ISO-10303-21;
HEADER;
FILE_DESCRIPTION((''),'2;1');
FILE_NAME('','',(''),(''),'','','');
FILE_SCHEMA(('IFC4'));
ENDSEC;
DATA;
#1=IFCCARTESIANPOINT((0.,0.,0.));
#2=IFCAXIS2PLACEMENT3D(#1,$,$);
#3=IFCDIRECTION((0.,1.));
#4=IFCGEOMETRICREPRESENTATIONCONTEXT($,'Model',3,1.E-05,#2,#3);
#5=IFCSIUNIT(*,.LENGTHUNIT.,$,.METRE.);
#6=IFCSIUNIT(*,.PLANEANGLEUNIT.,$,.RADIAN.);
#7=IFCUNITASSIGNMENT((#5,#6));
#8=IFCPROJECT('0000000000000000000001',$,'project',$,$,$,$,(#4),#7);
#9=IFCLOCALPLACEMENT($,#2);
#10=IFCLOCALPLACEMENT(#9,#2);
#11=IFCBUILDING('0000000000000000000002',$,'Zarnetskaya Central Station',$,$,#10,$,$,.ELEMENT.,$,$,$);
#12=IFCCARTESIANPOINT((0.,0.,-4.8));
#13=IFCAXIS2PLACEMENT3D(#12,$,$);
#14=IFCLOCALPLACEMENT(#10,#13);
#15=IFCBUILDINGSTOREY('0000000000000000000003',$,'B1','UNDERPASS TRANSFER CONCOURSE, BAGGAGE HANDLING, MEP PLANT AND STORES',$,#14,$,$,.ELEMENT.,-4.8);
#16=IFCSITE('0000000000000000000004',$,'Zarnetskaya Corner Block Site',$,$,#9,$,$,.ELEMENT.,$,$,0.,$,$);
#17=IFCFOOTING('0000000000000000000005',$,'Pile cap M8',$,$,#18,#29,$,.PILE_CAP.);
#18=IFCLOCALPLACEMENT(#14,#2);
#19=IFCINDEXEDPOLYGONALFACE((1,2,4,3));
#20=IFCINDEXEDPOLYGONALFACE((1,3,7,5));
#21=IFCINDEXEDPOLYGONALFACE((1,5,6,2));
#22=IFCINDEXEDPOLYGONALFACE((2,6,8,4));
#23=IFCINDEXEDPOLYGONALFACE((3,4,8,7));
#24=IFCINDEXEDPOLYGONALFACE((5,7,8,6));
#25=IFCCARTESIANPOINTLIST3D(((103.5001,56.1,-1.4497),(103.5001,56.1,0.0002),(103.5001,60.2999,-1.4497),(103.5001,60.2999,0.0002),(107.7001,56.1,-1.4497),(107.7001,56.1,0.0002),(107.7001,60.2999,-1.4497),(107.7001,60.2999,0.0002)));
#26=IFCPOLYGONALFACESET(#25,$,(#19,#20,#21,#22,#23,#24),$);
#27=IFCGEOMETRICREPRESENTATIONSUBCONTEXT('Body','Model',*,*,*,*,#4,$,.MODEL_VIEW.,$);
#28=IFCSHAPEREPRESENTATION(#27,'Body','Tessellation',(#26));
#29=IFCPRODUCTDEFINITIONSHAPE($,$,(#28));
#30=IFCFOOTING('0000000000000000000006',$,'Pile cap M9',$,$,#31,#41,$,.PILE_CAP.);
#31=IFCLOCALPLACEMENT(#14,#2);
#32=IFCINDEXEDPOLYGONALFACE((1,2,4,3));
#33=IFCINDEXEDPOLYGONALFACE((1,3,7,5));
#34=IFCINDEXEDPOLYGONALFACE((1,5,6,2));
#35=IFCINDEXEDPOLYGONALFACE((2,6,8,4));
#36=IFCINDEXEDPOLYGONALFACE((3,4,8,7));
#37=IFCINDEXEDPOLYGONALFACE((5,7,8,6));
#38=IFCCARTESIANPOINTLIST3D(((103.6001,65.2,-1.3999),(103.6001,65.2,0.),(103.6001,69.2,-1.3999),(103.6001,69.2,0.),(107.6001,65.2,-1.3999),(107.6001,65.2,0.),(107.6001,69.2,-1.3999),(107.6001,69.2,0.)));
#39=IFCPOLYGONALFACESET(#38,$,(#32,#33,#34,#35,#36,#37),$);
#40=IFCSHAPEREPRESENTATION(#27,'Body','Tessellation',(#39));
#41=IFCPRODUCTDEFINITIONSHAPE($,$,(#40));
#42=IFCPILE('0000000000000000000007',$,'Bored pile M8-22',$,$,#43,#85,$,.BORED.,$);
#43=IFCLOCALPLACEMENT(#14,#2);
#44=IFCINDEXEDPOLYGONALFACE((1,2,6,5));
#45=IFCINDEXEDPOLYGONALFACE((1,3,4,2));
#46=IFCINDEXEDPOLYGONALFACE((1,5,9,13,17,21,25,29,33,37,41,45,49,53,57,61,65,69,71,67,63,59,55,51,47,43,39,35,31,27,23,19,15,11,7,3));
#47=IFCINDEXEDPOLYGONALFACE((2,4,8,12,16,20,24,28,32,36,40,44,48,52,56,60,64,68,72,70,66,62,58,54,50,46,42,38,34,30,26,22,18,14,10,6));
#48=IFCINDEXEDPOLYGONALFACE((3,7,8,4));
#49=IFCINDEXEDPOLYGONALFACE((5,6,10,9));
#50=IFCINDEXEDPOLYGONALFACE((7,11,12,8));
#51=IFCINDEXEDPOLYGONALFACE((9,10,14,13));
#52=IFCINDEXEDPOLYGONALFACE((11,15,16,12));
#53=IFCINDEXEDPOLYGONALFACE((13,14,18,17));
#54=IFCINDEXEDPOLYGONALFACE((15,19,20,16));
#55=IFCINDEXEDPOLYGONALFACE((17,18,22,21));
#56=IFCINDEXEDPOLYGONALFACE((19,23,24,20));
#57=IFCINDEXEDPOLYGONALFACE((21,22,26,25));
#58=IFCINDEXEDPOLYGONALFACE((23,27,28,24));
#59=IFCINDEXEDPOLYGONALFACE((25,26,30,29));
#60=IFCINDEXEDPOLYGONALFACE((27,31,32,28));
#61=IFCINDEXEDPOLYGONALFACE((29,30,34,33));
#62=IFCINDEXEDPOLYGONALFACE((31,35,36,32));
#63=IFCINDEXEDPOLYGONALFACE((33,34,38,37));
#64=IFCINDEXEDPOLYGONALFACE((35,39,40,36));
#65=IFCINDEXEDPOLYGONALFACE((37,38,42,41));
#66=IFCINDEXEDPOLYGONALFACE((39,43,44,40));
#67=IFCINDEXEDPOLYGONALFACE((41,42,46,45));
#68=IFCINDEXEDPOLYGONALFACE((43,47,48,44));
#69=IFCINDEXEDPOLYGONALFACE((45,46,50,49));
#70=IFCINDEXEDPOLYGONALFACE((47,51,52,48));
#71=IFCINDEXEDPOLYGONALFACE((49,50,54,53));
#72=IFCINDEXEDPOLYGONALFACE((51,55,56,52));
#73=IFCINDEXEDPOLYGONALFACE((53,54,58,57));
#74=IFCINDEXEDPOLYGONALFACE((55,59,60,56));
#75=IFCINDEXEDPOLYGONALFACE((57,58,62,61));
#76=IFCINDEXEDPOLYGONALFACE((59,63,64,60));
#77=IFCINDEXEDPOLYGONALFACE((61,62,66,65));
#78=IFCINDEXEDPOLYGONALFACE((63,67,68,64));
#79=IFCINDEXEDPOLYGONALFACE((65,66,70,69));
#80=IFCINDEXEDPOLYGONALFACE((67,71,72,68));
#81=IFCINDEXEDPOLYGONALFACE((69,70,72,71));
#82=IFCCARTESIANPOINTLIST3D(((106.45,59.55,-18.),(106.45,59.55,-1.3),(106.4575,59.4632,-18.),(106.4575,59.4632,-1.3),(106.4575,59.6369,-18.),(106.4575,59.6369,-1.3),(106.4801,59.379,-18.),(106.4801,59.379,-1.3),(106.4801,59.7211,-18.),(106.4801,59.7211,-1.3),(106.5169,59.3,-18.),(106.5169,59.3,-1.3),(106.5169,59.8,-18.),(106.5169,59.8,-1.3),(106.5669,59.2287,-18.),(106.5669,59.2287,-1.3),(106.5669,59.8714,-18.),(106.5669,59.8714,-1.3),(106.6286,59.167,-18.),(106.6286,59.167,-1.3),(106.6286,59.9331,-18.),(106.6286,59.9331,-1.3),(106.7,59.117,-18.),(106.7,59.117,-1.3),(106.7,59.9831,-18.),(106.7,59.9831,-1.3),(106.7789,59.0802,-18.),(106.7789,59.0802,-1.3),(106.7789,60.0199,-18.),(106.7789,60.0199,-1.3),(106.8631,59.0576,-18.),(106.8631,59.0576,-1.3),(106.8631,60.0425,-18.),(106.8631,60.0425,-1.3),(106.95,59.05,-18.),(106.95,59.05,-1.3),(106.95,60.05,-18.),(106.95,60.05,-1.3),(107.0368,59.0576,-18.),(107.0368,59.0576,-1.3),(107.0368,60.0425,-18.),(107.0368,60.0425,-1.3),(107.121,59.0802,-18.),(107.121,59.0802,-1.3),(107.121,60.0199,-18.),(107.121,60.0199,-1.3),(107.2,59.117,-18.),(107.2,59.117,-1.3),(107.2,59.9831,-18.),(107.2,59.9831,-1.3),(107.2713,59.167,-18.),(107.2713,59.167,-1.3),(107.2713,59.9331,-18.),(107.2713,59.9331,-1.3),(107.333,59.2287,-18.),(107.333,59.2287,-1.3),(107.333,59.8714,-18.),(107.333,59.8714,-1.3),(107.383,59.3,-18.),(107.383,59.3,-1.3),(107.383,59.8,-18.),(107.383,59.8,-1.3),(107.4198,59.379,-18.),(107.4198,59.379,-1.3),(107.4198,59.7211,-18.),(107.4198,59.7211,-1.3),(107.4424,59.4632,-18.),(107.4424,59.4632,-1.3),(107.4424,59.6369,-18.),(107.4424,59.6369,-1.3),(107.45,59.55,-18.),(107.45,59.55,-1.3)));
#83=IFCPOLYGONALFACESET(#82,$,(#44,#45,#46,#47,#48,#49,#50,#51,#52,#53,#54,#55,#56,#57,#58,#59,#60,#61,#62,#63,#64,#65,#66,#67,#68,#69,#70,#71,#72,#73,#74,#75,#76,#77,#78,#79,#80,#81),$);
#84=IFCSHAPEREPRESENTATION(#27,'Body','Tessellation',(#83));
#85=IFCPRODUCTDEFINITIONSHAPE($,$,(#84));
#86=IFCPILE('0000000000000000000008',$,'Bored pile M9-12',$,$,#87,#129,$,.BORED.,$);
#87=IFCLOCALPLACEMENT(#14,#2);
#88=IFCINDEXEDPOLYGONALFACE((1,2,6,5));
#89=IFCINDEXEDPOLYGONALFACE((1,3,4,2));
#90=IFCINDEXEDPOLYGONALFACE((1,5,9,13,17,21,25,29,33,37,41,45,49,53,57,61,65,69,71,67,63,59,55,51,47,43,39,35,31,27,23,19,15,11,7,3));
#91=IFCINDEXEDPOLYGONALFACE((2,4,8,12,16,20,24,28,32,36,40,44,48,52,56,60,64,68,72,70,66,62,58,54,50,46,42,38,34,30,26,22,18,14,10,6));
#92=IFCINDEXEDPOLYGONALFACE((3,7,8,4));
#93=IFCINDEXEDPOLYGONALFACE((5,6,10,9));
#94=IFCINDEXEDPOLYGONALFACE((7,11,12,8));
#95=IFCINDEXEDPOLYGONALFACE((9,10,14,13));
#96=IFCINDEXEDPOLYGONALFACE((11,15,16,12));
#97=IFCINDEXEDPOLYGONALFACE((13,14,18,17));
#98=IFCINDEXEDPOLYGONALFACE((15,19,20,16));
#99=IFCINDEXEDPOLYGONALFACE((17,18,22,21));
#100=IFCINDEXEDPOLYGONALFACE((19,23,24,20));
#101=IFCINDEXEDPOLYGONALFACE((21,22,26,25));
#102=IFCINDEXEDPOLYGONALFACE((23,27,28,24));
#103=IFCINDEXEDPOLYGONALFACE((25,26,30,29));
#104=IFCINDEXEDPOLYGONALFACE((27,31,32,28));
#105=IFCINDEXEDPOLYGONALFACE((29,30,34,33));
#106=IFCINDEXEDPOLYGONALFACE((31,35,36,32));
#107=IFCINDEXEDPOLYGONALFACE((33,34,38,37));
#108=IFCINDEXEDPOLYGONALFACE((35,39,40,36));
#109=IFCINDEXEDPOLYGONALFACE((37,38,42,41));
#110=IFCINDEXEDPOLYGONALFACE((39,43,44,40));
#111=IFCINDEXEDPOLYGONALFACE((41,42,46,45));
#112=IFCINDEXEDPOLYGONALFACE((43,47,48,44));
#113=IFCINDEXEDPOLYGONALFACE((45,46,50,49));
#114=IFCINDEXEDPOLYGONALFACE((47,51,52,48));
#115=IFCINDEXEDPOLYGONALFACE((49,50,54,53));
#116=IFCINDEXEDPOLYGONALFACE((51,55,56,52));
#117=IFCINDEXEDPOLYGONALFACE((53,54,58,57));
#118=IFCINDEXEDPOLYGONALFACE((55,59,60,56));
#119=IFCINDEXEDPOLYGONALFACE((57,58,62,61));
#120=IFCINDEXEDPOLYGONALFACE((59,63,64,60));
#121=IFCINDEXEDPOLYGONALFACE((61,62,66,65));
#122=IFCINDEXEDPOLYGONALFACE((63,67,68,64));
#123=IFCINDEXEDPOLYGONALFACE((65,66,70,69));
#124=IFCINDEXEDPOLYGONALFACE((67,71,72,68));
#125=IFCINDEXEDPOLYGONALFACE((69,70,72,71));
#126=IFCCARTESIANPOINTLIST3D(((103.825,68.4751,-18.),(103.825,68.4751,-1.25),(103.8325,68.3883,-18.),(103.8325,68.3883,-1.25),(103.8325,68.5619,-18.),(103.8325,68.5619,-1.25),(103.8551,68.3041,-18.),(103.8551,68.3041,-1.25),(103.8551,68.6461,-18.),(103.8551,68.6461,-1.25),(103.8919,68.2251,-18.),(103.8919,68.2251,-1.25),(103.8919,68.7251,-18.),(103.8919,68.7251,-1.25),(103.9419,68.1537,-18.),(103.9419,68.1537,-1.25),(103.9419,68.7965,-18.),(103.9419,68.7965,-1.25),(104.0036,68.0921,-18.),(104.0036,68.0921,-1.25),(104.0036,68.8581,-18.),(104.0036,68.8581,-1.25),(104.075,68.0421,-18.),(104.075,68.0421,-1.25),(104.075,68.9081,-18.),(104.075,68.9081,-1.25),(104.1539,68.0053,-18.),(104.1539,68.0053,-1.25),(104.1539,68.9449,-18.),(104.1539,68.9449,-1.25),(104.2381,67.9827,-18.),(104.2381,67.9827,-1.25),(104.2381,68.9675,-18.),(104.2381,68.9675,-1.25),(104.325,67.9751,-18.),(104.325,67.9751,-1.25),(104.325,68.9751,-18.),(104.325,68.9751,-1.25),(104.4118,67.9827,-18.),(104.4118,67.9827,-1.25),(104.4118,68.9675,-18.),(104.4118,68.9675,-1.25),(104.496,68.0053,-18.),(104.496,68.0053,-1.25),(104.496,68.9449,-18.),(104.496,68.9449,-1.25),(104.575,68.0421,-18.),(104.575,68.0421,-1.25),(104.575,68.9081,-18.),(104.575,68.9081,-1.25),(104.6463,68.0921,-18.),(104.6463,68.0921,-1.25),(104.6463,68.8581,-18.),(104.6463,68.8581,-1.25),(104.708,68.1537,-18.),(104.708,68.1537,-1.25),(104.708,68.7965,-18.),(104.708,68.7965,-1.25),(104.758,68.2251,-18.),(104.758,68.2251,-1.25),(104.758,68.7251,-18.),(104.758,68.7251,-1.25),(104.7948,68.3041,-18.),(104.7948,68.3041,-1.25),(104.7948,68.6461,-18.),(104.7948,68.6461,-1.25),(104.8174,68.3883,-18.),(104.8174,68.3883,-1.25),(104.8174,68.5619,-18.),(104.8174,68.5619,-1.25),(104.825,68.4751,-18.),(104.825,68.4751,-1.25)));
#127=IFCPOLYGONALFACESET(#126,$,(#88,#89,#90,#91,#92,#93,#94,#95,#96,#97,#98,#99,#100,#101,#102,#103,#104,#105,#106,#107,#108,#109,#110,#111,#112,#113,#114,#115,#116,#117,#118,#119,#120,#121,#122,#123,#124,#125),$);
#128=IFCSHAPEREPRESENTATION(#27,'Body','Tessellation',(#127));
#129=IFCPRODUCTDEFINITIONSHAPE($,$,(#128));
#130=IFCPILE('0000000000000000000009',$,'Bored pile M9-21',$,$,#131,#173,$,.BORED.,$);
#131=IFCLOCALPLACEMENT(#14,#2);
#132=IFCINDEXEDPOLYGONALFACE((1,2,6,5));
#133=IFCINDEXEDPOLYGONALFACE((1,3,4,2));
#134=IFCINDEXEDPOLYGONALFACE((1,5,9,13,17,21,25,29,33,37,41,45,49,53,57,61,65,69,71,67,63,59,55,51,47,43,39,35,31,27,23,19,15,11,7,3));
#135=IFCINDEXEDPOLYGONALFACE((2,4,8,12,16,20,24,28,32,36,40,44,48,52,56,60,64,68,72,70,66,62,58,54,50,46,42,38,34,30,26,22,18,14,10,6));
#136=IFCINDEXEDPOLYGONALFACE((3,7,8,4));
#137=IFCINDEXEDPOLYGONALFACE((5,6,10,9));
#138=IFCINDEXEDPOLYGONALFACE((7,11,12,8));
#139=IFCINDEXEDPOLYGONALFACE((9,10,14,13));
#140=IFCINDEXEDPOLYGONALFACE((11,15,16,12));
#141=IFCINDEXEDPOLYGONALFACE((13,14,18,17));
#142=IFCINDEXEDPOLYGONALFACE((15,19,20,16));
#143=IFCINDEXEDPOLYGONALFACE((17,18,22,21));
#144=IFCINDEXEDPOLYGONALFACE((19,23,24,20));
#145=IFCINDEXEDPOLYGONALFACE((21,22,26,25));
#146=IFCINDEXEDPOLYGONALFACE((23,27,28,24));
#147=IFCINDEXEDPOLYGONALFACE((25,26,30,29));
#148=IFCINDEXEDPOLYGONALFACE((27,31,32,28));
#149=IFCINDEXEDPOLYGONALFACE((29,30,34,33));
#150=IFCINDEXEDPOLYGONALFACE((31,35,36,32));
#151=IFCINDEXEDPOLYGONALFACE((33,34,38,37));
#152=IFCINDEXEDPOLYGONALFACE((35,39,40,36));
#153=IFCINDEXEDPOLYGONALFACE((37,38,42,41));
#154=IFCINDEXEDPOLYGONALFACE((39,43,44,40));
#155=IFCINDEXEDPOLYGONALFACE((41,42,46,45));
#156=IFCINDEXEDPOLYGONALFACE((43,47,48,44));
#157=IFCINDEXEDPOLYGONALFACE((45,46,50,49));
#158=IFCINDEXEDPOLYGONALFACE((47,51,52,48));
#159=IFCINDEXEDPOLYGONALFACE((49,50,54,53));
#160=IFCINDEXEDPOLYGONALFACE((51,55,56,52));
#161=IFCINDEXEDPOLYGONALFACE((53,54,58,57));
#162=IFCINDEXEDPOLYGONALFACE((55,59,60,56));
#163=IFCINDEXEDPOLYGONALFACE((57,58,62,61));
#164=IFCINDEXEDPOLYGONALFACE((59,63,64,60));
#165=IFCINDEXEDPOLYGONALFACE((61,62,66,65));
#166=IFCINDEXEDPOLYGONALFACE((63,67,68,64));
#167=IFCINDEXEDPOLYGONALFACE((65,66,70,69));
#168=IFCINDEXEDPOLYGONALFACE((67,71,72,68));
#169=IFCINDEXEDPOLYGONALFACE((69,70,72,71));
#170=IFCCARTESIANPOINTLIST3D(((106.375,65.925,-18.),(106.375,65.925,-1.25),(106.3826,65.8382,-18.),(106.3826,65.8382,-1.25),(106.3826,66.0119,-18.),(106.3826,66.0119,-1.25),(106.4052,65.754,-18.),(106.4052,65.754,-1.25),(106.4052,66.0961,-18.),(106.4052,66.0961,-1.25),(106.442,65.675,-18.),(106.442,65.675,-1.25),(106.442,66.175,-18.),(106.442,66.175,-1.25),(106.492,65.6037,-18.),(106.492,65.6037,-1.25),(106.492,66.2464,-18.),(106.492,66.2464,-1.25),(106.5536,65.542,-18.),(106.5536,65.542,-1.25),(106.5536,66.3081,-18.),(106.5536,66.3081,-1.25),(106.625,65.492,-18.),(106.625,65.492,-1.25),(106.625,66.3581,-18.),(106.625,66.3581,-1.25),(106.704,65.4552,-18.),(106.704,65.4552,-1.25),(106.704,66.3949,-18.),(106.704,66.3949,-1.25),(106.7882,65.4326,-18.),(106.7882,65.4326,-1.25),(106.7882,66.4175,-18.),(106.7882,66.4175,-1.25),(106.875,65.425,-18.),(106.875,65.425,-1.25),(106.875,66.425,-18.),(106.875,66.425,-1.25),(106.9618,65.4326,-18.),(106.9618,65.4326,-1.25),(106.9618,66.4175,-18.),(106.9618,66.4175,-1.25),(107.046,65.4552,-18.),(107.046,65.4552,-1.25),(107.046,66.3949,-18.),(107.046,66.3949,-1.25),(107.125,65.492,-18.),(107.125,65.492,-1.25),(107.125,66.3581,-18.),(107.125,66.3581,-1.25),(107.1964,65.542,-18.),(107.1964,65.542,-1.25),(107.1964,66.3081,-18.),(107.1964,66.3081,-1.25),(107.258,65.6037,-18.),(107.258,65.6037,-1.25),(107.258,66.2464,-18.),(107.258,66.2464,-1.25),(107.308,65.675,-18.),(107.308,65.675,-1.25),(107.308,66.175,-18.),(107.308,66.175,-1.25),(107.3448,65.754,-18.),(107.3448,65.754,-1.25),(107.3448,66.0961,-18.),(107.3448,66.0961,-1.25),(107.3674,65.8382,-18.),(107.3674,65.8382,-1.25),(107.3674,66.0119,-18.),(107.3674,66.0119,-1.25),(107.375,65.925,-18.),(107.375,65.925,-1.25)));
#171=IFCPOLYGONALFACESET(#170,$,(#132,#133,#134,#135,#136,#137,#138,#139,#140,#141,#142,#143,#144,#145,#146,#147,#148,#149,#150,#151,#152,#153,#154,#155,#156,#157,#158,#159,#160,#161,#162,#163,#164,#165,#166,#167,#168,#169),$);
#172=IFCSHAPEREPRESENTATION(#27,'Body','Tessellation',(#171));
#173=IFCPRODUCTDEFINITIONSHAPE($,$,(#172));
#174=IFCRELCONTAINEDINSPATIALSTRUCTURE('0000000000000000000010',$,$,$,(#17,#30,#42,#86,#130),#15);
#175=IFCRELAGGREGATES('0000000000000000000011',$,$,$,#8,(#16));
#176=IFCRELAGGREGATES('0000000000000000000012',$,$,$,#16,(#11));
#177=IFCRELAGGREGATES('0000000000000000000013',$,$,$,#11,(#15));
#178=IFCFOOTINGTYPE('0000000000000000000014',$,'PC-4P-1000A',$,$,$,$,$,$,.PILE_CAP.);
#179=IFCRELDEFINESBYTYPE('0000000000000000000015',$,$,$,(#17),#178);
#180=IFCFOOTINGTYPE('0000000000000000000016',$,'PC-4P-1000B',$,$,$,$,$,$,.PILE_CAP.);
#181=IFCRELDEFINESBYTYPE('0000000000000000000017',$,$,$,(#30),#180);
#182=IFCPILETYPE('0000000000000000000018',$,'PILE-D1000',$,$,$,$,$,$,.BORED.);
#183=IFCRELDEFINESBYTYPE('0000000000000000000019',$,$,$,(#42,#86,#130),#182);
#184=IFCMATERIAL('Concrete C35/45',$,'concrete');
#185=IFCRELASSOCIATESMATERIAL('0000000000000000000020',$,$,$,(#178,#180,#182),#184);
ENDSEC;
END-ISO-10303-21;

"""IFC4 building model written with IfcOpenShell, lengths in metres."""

from ifc_helpers import new_model, si_unit, direction, frame, origin, origin_2d, place, context, subcontext, project, spatial, rectangle, circle, extrude, material, material_profile, profile_set, type_object, element, save


model = new_model("IFC4")

# Units and contexts
model_context = context("Model", 3, precision=1e-05, world=origin(), true_north=direction((0.0, 1.0)))
body_context = subcontext(model_context, "Body", "Model", "MODEL_VIEW")
ifc_project = project(units=[si_unit("LENGTHUNIT", "METRE"), si_unit("PLANEANGLEUNIT", "RADIAN")], contexts=[model_context])

# Site, building, storey
site_placement = place(None, origin())
site = spatial("IfcSite", under=ifc_project, at=site_placement, Name="Zarnetskaya Corner Block Site", CompositionType="ELEMENT", RefElevation=0.0)
building_placement = place(site_placement, origin())
building = spatial("IfcBuilding", under=site, at=building_placement, Name="Zarnetskaya Central Station", CompositionType="ELEMENT")
storey_placement = place(building_placement, frame((0.0, 0.0, -4.8)))
storey = spatial("IfcBuildingStorey", under=building, at=storey_placement, Name="B1", Description="UNDERPASS TRANSFER CONCOURSE, BAGGAGE HANDLING, MEP PLANT AND STORES", CompositionType="ELEMENT", Elevation=-4.8)

# Footings
ifc_material_1 = material(Name="Concrete C35/45", Category="concrete")
footing_type_1 = type_object("IfcFootingType", Name="PC-4P-1000A", PredefinedType="PILE_CAP", material=ifc_material_1)
footing_1_placement = place(storey_placement, frame((105.6001, 58.2, -1.4497), z_axis=(0.0, 0.0, 1.0), x_axis=(1.0, 0.0, 0.0)))
element("IfcFooting", 1, at=footing_1_placement, inside=storey, type_object=footing_type_1, Name="Pile cap M8", PredefinedType="PILE_CAP", context=body_context, shape_type="SweptSolid", body=[
    extrude(rectangle(XDim=4.2, YDim=4.2, at=origin_2d()), origin(), (0.0, 0.0, 1.0), 1.45),
])
footing_type_2 = type_object("IfcFootingType", Name="PC-4P-1000B", PredefinedType="PILE_CAP", material=ifc_material_1)
footing_2_placement = place(storey_placement, frame((105.6001, 67.2, -1.3999), z_axis=(0.0, 0.0, 1.0), x_axis=(1.0, 0.0, 0.0)))
element("IfcFooting", 2, at=footing_2_placement, inside=storey, type_object=footing_type_2, Name="Pile cap M9", PredefinedType="PILE_CAP", context=body_context, shape_type="SweptSolid", body=[
    extrude(rectangle(XDim=4.0, YDim=4.0, at=origin_2d()), origin(), (0.0, 0.0, 1.0), 1.3999),
])

# Piles
ifc_material_profile_1 = material_profile(ifc_material_1, circle(Radius=0.5, at=origin_2d()), Name="BORED PILE D1000")
ifc_profile_set_1 = profile_set([ifc_material_profile_1], Name="Concrete C35/45")
pile_type = type_object("IfcPileType", Name="PILE-D1000", PredefinedType="BORED", material=ifc_profile_set_1)
pile_1_placement = place(storey_placement, frame((106.95, 59.55, -1.3), z_axis=(0.0, 0.0, -1.0), x_axis=(1.0, 0.0, 0.0)))
element("IfcPile", 3, at=pile_1_placement, inside=storey, type_object=pile_type, Name="Bored pile M8-22", PredefinedType="BORED", context=body_context, shape_type="SweptSolid", body=[
    extrude(circle(Radius=0.5, at=origin_2d()), origin(), (0.0, 0.0, 1.0), 16.7),
])
for number, where, z_axis, x_axis, name in (
    (4, (104.325, 68.4751, -1.25), (0.0, 0.0, -1.0), (1.0, 0.0, 0.0), "Bored pile M9-12"),
    (5, (106.875, 65.925, -1.25), (0.0, 0.0, -1.0), (1.0, 0.0, 0.0), "Bored pile M9-21"),
):
    element("IfcPile", number, at=place(storey_placement, frame(where, z_axis=z_axis, x_axis=x_axis)), inside=storey, type_object=pile_type, Name=name, PredefinedType="BORED", context=body_context, shape_type="SweptSolid", body=[
        extrude(circle(Radius=0.5, at=origin_2d()), origin(), (0.0, 0.0, 1.0), 16.75),
    ])

save(model, "model.ifc")
